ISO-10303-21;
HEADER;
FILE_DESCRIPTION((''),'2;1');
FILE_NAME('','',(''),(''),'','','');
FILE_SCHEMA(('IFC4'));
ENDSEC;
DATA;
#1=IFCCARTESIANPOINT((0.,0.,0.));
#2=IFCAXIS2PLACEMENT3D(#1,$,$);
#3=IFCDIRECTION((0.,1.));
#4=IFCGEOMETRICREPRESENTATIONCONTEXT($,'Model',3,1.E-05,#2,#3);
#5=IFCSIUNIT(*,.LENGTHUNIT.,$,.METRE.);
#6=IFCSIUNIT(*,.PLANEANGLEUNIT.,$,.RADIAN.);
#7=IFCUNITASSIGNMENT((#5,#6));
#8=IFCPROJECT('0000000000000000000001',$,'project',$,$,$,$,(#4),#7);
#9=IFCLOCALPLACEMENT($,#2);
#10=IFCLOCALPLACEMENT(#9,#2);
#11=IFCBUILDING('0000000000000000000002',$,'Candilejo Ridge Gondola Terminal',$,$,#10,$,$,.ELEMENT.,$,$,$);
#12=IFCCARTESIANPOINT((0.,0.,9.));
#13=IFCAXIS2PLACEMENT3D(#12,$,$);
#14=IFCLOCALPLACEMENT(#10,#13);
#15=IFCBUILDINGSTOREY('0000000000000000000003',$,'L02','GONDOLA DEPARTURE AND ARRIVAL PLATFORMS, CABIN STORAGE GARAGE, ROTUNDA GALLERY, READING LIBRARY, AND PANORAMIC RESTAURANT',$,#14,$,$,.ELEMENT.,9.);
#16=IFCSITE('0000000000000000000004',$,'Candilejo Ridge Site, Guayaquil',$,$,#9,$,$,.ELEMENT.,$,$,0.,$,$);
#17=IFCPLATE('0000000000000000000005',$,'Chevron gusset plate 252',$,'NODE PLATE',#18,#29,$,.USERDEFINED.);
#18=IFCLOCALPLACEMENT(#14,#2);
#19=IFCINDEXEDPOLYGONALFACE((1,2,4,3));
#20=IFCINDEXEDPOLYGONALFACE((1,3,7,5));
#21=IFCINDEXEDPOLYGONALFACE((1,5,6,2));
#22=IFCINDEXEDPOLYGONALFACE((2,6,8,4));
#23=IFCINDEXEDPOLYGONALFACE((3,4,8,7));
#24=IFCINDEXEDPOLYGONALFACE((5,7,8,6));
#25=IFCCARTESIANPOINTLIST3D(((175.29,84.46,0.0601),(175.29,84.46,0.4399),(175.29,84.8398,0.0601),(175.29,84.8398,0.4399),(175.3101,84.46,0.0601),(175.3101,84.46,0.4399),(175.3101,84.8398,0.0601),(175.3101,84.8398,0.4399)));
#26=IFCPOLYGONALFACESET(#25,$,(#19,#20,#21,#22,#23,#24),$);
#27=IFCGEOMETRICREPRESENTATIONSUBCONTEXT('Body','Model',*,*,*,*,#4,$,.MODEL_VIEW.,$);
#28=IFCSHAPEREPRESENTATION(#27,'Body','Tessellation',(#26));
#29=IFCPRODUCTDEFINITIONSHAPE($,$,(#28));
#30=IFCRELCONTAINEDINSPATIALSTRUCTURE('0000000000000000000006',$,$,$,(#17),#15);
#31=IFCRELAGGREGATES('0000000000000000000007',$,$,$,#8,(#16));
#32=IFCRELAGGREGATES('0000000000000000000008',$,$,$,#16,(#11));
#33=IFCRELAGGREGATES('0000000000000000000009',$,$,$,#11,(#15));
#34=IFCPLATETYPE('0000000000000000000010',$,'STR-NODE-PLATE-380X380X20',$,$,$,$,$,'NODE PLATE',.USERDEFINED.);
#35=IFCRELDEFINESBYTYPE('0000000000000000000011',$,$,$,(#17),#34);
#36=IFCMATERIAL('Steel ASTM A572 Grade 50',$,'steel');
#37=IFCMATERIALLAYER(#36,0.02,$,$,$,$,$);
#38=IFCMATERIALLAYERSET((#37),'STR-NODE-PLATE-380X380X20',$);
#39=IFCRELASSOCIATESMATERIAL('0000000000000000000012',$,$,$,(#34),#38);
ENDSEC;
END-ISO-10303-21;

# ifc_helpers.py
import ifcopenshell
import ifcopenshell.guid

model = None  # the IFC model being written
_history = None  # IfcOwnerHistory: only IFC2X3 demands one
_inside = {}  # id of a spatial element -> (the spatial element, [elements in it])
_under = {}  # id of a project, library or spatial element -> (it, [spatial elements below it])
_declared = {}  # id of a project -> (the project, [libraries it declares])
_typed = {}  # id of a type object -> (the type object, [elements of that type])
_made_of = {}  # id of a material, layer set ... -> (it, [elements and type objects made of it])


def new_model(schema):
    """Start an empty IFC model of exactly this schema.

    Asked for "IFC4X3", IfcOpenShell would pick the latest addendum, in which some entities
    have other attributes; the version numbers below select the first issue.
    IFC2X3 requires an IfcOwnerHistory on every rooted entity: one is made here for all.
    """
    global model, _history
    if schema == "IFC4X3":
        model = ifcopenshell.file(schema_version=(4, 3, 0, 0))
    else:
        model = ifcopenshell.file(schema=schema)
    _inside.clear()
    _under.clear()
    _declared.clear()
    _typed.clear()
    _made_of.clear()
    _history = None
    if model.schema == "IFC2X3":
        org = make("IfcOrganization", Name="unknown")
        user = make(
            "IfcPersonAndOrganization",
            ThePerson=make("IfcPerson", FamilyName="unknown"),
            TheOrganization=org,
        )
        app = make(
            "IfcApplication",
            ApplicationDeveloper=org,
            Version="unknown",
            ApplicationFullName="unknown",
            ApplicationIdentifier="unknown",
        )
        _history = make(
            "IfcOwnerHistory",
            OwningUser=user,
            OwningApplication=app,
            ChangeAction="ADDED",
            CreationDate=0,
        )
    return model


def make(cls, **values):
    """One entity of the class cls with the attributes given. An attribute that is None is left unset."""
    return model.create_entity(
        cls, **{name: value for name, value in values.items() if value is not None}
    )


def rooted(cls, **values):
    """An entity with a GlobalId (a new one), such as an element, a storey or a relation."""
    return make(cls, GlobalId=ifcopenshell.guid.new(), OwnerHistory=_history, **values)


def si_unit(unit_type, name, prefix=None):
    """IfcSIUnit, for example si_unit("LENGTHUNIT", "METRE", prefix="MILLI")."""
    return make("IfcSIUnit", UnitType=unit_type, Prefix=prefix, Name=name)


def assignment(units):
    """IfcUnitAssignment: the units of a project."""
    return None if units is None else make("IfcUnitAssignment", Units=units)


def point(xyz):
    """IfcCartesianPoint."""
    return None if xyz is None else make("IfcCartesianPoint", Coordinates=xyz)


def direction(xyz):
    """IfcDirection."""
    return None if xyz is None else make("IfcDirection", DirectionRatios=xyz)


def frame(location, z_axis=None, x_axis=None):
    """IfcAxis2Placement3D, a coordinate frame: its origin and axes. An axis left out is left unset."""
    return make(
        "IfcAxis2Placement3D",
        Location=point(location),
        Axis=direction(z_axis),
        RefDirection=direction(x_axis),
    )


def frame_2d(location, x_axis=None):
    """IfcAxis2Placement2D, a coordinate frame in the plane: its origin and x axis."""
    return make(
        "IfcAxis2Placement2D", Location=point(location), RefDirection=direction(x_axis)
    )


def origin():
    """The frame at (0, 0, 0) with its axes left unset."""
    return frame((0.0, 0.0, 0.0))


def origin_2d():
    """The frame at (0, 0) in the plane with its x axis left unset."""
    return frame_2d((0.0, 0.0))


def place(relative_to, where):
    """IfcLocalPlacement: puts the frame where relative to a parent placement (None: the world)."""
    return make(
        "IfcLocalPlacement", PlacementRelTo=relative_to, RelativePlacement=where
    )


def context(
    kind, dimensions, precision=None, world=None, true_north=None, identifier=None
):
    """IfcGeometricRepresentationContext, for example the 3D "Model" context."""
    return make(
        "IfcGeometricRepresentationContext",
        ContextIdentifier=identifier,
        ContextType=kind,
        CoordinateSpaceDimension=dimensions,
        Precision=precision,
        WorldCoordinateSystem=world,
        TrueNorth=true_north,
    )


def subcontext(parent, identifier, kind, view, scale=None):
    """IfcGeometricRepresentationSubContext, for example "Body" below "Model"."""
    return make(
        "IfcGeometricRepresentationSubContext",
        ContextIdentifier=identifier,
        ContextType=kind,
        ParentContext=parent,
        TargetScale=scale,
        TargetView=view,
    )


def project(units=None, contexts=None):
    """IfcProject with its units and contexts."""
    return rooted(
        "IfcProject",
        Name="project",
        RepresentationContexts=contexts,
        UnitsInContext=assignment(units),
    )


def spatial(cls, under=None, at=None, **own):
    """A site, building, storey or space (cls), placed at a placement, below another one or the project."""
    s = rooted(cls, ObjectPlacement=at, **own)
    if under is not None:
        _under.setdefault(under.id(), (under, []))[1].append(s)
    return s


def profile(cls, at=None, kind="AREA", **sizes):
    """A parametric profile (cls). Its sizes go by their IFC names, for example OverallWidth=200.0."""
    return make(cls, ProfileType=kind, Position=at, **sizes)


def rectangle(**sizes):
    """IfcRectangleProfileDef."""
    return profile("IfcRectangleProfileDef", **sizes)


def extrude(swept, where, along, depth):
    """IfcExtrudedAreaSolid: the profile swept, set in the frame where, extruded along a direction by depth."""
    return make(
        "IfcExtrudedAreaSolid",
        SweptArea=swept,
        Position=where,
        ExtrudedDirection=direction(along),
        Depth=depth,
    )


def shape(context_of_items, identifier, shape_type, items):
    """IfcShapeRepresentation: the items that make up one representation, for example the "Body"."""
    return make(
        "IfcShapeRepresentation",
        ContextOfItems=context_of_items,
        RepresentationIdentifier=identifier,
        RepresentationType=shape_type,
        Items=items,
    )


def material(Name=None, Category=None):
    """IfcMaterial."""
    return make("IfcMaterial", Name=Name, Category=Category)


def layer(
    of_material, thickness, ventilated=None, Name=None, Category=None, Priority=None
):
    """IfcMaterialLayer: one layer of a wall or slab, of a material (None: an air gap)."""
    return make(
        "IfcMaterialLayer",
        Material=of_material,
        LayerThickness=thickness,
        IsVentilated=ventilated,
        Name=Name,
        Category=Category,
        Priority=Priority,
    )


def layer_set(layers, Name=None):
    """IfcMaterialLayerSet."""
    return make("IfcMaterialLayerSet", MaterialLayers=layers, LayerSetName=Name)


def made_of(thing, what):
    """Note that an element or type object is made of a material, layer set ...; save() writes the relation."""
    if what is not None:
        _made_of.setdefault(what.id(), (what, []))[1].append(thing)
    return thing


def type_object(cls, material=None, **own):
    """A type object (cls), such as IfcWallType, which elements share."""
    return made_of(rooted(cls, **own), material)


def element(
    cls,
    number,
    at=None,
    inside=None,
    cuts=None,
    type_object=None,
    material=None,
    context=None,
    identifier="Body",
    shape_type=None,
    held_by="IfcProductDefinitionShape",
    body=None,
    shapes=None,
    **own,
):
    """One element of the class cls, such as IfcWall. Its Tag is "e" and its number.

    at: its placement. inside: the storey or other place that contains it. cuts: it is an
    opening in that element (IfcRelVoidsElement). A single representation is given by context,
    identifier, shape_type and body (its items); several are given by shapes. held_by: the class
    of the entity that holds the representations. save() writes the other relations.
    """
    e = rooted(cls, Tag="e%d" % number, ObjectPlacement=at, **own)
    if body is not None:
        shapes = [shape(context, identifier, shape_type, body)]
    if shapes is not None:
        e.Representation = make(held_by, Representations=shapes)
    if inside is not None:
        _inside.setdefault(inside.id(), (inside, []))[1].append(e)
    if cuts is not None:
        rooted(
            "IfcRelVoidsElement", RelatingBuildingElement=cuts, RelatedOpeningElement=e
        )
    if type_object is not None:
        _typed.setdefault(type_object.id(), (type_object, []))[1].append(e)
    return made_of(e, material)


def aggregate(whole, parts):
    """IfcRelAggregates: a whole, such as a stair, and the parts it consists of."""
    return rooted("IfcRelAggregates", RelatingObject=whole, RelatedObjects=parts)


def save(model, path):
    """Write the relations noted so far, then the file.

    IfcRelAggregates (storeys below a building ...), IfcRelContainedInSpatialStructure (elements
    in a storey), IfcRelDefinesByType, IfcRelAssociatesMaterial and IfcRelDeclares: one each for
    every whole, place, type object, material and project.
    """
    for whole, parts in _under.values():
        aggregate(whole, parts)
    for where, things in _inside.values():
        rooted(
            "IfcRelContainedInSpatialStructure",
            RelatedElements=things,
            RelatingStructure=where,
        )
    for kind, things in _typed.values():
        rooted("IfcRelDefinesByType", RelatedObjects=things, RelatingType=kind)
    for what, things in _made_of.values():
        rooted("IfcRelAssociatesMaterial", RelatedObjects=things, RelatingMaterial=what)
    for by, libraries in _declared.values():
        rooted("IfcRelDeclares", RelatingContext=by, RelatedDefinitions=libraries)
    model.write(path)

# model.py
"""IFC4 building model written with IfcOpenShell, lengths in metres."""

from ifc_helpers import new_model, si_unit, direction, frame, origin, origin_2d, place, context, subcontext, project, spatial, rectangle, extrude, material, layer, layer_set, type_object, element, save


model = new_model("IFC4")

# Units and contexts
model_context = context("Model", 3, precision=1e-05, world=origin(), true_north=direction((0.0, 1.0)))
body_context = subcontext(model_context, "Body", "Model", "MODEL_VIEW")
ifc_project = project(units=[si_unit("LENGTHUNIT", "METRE"), si_unit("PLANEANGLEUNIT", "RADIAN")], contexts=[model_context])

# Site, building, storey
site_placement = place(None, origin())
site = spatial("IfcSite", under=ifc_project, at=site_placement, Name="Candilejo Ridge Site, Guayaquil", CompositionType="ELEMENT", RefElevation=0.0)
building_placement = place(site_placement, origin())
building = spatial("IfcBuilding", under=site, at=building_placement, Name="Candilejo Ridge Gondola Terminal", CompositionType="ELEMENT")
storey_placement = place(building_placement, frame((0.0, 0.0, 9.0)))
storey = spatial("IfcBuildingStorey", under=building, at=storey_placement, Name="L02", Description="GONDOLA DEPARTURE AND ARRIVAL PLATFORMS, CABIN STORAGE GARAGE, ROTUNDA GALLERY, READING LIBRARY, AND PANORAMIC RESTAURANT", CompositionType="ELEMENT", Elevation=9.0)

# Plate
ifc_material_1 = material(Name="Steel ASTM A572 Grade 50", Category="steel")
ifc_layer_1 = layer(ifc_material_1, 0.02)
ifc_layer_set_1 = layer_set([ifc_layer_1], Name="STR-NODE-PLATE-380X380X20")
plate_type_1 = type_object("IfcPlateType", Name="STR-NODE-PLATE-380X380X20", ElementType="NODE PLATE", PredefinedType="USERDEFINED", material=ifc_layer_set_1)
for number, where, z_axis, x_axis, name in (
    (1, (175.3, 84.6499, 0.0601), (0.0, 0.0, 1.0), (1.0, 0.0, 0.0), "Chevron gusset plate 252"),
):
    element("IfcPlate", number, at=place(storey_placement, frame(where, z_axis=z_axis, x_axis=x_axis)), inside=storey, type_object=plate_type_1, Name=name, ObjectType="NODE PLATE", PredefinedType="USERDEFINED", context=body_context, shape_type="SweptSolid", body=[
        extrude(rectangle(XDim=0.02, YDim=0.3799, at=origin_2d()), origin(), (0.0, 0.0, 1.0), 0.3799),
    ])

save(model, "model.ifc")
